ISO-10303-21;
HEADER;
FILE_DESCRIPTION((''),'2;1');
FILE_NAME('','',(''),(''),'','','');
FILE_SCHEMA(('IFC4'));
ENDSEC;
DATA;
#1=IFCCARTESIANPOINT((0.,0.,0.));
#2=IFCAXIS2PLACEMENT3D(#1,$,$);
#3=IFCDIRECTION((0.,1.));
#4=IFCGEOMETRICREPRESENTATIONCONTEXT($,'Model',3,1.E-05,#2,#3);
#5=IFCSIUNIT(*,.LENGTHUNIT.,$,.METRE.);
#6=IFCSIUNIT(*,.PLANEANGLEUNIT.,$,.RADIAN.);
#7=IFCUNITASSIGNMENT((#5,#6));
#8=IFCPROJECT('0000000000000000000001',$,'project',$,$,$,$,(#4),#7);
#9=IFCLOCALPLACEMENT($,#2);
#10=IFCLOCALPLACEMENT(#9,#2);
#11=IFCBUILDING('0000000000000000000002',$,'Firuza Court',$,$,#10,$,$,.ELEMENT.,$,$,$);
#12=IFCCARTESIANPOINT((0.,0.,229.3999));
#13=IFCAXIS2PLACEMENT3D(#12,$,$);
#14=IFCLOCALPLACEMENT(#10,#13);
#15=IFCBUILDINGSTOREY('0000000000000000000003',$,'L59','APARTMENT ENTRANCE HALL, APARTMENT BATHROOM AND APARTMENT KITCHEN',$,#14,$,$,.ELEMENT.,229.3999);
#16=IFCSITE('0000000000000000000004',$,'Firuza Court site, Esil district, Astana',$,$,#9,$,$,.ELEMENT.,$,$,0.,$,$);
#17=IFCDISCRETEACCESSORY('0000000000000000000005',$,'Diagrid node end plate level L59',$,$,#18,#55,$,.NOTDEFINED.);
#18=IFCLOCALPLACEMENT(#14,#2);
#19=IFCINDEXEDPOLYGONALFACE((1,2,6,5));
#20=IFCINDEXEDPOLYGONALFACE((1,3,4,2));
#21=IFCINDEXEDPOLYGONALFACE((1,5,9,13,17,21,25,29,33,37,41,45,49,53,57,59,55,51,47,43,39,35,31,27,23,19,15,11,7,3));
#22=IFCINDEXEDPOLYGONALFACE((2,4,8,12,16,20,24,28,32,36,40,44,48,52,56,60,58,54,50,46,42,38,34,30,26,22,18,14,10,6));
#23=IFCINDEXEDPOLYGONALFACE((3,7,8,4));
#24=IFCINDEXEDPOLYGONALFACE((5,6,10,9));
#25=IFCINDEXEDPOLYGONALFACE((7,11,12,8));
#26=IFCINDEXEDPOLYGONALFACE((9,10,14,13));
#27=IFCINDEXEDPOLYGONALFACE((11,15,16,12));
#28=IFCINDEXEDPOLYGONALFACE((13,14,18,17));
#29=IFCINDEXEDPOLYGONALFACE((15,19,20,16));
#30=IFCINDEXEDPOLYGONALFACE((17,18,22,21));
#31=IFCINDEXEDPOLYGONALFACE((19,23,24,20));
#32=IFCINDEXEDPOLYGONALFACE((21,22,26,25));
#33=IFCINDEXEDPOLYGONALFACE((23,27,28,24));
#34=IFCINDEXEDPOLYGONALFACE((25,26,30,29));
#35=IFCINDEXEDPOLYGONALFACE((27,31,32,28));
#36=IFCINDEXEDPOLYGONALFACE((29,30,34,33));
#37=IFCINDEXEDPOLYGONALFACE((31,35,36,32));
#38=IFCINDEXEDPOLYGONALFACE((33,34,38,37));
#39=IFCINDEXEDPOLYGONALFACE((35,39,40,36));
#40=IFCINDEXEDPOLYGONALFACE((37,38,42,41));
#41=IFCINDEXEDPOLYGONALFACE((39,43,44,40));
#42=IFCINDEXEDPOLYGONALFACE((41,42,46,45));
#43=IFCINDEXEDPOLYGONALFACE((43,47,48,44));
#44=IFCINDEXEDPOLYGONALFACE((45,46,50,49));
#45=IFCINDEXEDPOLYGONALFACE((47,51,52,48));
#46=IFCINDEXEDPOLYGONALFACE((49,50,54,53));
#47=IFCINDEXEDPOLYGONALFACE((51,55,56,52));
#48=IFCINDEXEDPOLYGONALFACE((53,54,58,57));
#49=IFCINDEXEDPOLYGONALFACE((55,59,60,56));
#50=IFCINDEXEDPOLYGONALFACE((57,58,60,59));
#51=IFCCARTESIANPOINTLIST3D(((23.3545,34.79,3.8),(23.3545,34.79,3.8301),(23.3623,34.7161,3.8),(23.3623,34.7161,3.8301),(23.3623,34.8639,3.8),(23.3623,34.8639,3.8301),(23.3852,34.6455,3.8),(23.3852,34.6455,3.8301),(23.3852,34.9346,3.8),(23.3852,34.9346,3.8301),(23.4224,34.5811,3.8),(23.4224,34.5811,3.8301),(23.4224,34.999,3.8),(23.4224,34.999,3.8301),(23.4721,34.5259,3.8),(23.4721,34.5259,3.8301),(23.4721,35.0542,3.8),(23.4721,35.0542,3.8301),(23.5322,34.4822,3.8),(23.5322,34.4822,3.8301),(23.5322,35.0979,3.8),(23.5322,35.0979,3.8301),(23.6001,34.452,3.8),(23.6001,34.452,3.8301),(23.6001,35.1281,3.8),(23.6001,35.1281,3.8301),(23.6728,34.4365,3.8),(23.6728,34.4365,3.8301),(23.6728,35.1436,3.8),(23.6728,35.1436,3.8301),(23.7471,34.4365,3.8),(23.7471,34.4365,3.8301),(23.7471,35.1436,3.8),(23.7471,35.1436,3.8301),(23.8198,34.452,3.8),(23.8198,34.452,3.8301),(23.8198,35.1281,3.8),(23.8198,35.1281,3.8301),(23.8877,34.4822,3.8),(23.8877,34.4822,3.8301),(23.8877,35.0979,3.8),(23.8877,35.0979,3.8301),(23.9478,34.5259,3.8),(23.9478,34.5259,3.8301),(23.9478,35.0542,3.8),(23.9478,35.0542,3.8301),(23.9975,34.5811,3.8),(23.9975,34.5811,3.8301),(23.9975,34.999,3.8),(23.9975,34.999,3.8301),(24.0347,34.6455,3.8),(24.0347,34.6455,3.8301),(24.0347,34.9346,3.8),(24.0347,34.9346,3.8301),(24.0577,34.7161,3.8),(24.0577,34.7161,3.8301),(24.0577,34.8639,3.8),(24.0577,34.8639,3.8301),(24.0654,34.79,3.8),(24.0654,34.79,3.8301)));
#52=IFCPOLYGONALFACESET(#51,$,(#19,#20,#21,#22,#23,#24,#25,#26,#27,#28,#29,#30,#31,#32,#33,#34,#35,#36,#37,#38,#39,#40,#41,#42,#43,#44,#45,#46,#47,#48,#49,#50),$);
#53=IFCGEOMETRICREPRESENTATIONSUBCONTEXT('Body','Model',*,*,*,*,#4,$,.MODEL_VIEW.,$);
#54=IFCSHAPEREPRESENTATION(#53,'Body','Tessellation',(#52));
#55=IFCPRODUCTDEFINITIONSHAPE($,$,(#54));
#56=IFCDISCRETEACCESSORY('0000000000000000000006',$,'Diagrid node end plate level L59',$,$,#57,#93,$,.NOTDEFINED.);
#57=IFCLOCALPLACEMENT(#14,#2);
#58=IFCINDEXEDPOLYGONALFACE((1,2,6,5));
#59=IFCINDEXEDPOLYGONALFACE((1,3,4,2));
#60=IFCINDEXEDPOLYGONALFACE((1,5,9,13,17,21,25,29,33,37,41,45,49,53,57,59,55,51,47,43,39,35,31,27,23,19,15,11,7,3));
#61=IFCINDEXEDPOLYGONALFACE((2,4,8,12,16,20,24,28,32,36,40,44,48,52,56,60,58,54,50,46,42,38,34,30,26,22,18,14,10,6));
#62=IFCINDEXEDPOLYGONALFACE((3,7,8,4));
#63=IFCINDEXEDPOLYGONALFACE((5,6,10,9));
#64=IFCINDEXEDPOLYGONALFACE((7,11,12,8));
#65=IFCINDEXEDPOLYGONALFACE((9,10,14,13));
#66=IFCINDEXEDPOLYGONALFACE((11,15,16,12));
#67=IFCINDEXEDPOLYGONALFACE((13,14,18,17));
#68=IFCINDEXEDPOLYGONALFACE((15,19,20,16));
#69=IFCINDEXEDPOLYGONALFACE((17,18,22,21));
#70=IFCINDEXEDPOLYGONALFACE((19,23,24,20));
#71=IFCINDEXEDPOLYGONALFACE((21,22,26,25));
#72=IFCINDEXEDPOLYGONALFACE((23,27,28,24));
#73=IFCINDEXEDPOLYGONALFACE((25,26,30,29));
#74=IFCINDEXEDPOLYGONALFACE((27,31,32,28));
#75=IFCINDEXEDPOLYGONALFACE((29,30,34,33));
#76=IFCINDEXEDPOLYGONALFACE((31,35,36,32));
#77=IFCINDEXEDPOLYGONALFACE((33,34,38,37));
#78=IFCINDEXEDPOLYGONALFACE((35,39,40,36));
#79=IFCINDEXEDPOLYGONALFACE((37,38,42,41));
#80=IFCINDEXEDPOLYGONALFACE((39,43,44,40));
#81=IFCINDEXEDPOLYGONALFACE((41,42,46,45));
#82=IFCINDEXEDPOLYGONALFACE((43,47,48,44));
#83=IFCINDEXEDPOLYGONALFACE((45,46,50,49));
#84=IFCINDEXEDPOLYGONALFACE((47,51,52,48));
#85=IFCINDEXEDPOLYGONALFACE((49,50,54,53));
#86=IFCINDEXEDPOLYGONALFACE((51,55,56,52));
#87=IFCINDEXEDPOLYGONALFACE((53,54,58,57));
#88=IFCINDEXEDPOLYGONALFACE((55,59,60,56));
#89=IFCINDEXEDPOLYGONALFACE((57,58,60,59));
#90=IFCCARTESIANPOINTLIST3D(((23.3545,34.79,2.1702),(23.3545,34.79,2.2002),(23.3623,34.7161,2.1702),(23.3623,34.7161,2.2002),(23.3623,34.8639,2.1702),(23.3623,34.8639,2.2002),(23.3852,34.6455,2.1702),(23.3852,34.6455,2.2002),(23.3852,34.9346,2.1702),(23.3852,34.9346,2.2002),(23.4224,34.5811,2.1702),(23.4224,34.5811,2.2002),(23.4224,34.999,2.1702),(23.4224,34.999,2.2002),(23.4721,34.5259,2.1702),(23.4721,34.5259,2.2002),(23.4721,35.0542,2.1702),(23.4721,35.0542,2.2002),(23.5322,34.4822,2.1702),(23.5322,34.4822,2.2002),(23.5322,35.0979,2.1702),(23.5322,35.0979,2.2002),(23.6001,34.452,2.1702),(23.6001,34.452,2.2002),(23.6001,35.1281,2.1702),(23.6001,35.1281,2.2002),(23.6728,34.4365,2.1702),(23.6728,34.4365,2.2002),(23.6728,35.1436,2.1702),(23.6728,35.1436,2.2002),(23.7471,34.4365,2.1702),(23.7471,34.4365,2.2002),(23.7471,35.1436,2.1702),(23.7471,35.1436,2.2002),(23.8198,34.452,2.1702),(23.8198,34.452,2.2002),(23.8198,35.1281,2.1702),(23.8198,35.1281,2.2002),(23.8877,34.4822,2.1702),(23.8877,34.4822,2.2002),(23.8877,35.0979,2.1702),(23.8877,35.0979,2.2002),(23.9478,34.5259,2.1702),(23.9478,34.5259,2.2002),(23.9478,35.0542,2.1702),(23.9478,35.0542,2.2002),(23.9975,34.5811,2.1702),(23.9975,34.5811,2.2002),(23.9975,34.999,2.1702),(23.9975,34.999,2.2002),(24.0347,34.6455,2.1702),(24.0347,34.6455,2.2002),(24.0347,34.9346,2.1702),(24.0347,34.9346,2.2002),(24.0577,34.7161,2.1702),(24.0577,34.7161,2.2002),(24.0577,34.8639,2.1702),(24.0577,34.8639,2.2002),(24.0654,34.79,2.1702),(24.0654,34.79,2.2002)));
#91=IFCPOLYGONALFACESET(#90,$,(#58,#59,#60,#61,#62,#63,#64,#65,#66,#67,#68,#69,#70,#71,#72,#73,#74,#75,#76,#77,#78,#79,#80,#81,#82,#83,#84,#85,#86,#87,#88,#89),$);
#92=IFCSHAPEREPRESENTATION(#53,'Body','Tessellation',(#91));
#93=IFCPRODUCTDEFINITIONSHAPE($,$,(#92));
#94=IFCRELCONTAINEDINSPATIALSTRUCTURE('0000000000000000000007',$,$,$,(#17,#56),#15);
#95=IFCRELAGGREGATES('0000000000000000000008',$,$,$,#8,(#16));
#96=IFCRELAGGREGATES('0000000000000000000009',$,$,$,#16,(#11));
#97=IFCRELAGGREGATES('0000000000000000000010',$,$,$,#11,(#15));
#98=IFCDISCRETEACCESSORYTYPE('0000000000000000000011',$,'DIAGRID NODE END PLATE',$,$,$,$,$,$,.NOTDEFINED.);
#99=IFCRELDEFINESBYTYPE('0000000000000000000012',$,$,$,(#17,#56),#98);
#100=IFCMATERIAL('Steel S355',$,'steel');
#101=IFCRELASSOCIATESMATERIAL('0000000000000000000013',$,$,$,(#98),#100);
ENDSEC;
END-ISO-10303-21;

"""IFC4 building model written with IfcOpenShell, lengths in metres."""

from ifc_helpers import new_model, si_unit, direction, frame, origin, origin_2d, place, context, subcontext, project, spatial, circle, extrude, material, material_profile, profile_set, type_object, element, save


model = new_model("IFC4")

# Units and contexts
model_context = context("Model", 3, precision=1e-05, world=origin(), true_north=direction((0.0, 1.0)))
body_context = subcontext(model_context, "Body", "Model", "MODEL_VIEW")
ifc_project = project(units=[si_unit("LENGTHUNIT", "METRE"), si_unit("PLANEANGLEUNIT", "RADIAN")], contexts=[model_context])

# Site, building, storey
site_placement = place(None, origin())
site = spatial("IfcSite", under=ifc_project, at=site_placement, Name="Firuza Court site, Esil district, Astana", CompositionType="ELEMENT", RefElevation=0.0)
building_placement = place(site_placement, origin())
building = spatial("IfcBuilding", under=site, at=building_placement, Name="Firuza Court", CompositionType="ELEMENT")
storey_placement = place(building_placement, frame((0.0, 0.0, 229.3999)))
storey = spatial("IfcBuildingStorey", under=building, at=storey_placement, Name="L59", Description="APARTMENT ENTRANCE HALL, APARTMENT BATHROOM AND APARTMENT KITCHEN", CompositionType="ELEMENT", Elevation=229.3999)

# Discrete accessories
ifc_material_1 = material(Name="Steel S355", Category="steel")
ifc_material_profile_1 = material_profile(ifc_material_1, circle(Radius=0.3555, at=origin_2d()), Name="PL D711")
ifc_profile_set_1 = profile_set([ifc_material_profile_1], Name="Steel S355")
discrete_accessory_type = type_object("IfcDiscreteAccessoryType", Name="DIAGRID NODE END PLATE", PredefinedType="NOTDEFINED", material=ifc_profile_set_1)
for number, where, z_axis, x_axis, name in (
    (1, (23.71, 34.79, 3.8), (0.0, 0.0, 1.0), (1.0, 0.0, 0.0), "Diagrid node end plate level L59"),
    (2, (23.71, 34.79, 2.1702), (0.0, 0.0, 1.0), (1.0, 0.0, 0.0), "Diagrid node end plate level L59"),
):
    element("IfcDiscreteAccessory", number, at=place(storey_placement, frame(where, z_axis=z_axis, x_axis=x_axis)), inside=storey, type_object=discrete_accessory_type, Name=name, PredefinedType="NOTDEFINED", context=body_context, shape_type="SweptSolid", body=[
        extrude(circle(Radius=0.3555, at=origin_2d()), origin(), (0.0, 0.0, 1.0), 0.03),
    ])

save(model, "model.ifc")
